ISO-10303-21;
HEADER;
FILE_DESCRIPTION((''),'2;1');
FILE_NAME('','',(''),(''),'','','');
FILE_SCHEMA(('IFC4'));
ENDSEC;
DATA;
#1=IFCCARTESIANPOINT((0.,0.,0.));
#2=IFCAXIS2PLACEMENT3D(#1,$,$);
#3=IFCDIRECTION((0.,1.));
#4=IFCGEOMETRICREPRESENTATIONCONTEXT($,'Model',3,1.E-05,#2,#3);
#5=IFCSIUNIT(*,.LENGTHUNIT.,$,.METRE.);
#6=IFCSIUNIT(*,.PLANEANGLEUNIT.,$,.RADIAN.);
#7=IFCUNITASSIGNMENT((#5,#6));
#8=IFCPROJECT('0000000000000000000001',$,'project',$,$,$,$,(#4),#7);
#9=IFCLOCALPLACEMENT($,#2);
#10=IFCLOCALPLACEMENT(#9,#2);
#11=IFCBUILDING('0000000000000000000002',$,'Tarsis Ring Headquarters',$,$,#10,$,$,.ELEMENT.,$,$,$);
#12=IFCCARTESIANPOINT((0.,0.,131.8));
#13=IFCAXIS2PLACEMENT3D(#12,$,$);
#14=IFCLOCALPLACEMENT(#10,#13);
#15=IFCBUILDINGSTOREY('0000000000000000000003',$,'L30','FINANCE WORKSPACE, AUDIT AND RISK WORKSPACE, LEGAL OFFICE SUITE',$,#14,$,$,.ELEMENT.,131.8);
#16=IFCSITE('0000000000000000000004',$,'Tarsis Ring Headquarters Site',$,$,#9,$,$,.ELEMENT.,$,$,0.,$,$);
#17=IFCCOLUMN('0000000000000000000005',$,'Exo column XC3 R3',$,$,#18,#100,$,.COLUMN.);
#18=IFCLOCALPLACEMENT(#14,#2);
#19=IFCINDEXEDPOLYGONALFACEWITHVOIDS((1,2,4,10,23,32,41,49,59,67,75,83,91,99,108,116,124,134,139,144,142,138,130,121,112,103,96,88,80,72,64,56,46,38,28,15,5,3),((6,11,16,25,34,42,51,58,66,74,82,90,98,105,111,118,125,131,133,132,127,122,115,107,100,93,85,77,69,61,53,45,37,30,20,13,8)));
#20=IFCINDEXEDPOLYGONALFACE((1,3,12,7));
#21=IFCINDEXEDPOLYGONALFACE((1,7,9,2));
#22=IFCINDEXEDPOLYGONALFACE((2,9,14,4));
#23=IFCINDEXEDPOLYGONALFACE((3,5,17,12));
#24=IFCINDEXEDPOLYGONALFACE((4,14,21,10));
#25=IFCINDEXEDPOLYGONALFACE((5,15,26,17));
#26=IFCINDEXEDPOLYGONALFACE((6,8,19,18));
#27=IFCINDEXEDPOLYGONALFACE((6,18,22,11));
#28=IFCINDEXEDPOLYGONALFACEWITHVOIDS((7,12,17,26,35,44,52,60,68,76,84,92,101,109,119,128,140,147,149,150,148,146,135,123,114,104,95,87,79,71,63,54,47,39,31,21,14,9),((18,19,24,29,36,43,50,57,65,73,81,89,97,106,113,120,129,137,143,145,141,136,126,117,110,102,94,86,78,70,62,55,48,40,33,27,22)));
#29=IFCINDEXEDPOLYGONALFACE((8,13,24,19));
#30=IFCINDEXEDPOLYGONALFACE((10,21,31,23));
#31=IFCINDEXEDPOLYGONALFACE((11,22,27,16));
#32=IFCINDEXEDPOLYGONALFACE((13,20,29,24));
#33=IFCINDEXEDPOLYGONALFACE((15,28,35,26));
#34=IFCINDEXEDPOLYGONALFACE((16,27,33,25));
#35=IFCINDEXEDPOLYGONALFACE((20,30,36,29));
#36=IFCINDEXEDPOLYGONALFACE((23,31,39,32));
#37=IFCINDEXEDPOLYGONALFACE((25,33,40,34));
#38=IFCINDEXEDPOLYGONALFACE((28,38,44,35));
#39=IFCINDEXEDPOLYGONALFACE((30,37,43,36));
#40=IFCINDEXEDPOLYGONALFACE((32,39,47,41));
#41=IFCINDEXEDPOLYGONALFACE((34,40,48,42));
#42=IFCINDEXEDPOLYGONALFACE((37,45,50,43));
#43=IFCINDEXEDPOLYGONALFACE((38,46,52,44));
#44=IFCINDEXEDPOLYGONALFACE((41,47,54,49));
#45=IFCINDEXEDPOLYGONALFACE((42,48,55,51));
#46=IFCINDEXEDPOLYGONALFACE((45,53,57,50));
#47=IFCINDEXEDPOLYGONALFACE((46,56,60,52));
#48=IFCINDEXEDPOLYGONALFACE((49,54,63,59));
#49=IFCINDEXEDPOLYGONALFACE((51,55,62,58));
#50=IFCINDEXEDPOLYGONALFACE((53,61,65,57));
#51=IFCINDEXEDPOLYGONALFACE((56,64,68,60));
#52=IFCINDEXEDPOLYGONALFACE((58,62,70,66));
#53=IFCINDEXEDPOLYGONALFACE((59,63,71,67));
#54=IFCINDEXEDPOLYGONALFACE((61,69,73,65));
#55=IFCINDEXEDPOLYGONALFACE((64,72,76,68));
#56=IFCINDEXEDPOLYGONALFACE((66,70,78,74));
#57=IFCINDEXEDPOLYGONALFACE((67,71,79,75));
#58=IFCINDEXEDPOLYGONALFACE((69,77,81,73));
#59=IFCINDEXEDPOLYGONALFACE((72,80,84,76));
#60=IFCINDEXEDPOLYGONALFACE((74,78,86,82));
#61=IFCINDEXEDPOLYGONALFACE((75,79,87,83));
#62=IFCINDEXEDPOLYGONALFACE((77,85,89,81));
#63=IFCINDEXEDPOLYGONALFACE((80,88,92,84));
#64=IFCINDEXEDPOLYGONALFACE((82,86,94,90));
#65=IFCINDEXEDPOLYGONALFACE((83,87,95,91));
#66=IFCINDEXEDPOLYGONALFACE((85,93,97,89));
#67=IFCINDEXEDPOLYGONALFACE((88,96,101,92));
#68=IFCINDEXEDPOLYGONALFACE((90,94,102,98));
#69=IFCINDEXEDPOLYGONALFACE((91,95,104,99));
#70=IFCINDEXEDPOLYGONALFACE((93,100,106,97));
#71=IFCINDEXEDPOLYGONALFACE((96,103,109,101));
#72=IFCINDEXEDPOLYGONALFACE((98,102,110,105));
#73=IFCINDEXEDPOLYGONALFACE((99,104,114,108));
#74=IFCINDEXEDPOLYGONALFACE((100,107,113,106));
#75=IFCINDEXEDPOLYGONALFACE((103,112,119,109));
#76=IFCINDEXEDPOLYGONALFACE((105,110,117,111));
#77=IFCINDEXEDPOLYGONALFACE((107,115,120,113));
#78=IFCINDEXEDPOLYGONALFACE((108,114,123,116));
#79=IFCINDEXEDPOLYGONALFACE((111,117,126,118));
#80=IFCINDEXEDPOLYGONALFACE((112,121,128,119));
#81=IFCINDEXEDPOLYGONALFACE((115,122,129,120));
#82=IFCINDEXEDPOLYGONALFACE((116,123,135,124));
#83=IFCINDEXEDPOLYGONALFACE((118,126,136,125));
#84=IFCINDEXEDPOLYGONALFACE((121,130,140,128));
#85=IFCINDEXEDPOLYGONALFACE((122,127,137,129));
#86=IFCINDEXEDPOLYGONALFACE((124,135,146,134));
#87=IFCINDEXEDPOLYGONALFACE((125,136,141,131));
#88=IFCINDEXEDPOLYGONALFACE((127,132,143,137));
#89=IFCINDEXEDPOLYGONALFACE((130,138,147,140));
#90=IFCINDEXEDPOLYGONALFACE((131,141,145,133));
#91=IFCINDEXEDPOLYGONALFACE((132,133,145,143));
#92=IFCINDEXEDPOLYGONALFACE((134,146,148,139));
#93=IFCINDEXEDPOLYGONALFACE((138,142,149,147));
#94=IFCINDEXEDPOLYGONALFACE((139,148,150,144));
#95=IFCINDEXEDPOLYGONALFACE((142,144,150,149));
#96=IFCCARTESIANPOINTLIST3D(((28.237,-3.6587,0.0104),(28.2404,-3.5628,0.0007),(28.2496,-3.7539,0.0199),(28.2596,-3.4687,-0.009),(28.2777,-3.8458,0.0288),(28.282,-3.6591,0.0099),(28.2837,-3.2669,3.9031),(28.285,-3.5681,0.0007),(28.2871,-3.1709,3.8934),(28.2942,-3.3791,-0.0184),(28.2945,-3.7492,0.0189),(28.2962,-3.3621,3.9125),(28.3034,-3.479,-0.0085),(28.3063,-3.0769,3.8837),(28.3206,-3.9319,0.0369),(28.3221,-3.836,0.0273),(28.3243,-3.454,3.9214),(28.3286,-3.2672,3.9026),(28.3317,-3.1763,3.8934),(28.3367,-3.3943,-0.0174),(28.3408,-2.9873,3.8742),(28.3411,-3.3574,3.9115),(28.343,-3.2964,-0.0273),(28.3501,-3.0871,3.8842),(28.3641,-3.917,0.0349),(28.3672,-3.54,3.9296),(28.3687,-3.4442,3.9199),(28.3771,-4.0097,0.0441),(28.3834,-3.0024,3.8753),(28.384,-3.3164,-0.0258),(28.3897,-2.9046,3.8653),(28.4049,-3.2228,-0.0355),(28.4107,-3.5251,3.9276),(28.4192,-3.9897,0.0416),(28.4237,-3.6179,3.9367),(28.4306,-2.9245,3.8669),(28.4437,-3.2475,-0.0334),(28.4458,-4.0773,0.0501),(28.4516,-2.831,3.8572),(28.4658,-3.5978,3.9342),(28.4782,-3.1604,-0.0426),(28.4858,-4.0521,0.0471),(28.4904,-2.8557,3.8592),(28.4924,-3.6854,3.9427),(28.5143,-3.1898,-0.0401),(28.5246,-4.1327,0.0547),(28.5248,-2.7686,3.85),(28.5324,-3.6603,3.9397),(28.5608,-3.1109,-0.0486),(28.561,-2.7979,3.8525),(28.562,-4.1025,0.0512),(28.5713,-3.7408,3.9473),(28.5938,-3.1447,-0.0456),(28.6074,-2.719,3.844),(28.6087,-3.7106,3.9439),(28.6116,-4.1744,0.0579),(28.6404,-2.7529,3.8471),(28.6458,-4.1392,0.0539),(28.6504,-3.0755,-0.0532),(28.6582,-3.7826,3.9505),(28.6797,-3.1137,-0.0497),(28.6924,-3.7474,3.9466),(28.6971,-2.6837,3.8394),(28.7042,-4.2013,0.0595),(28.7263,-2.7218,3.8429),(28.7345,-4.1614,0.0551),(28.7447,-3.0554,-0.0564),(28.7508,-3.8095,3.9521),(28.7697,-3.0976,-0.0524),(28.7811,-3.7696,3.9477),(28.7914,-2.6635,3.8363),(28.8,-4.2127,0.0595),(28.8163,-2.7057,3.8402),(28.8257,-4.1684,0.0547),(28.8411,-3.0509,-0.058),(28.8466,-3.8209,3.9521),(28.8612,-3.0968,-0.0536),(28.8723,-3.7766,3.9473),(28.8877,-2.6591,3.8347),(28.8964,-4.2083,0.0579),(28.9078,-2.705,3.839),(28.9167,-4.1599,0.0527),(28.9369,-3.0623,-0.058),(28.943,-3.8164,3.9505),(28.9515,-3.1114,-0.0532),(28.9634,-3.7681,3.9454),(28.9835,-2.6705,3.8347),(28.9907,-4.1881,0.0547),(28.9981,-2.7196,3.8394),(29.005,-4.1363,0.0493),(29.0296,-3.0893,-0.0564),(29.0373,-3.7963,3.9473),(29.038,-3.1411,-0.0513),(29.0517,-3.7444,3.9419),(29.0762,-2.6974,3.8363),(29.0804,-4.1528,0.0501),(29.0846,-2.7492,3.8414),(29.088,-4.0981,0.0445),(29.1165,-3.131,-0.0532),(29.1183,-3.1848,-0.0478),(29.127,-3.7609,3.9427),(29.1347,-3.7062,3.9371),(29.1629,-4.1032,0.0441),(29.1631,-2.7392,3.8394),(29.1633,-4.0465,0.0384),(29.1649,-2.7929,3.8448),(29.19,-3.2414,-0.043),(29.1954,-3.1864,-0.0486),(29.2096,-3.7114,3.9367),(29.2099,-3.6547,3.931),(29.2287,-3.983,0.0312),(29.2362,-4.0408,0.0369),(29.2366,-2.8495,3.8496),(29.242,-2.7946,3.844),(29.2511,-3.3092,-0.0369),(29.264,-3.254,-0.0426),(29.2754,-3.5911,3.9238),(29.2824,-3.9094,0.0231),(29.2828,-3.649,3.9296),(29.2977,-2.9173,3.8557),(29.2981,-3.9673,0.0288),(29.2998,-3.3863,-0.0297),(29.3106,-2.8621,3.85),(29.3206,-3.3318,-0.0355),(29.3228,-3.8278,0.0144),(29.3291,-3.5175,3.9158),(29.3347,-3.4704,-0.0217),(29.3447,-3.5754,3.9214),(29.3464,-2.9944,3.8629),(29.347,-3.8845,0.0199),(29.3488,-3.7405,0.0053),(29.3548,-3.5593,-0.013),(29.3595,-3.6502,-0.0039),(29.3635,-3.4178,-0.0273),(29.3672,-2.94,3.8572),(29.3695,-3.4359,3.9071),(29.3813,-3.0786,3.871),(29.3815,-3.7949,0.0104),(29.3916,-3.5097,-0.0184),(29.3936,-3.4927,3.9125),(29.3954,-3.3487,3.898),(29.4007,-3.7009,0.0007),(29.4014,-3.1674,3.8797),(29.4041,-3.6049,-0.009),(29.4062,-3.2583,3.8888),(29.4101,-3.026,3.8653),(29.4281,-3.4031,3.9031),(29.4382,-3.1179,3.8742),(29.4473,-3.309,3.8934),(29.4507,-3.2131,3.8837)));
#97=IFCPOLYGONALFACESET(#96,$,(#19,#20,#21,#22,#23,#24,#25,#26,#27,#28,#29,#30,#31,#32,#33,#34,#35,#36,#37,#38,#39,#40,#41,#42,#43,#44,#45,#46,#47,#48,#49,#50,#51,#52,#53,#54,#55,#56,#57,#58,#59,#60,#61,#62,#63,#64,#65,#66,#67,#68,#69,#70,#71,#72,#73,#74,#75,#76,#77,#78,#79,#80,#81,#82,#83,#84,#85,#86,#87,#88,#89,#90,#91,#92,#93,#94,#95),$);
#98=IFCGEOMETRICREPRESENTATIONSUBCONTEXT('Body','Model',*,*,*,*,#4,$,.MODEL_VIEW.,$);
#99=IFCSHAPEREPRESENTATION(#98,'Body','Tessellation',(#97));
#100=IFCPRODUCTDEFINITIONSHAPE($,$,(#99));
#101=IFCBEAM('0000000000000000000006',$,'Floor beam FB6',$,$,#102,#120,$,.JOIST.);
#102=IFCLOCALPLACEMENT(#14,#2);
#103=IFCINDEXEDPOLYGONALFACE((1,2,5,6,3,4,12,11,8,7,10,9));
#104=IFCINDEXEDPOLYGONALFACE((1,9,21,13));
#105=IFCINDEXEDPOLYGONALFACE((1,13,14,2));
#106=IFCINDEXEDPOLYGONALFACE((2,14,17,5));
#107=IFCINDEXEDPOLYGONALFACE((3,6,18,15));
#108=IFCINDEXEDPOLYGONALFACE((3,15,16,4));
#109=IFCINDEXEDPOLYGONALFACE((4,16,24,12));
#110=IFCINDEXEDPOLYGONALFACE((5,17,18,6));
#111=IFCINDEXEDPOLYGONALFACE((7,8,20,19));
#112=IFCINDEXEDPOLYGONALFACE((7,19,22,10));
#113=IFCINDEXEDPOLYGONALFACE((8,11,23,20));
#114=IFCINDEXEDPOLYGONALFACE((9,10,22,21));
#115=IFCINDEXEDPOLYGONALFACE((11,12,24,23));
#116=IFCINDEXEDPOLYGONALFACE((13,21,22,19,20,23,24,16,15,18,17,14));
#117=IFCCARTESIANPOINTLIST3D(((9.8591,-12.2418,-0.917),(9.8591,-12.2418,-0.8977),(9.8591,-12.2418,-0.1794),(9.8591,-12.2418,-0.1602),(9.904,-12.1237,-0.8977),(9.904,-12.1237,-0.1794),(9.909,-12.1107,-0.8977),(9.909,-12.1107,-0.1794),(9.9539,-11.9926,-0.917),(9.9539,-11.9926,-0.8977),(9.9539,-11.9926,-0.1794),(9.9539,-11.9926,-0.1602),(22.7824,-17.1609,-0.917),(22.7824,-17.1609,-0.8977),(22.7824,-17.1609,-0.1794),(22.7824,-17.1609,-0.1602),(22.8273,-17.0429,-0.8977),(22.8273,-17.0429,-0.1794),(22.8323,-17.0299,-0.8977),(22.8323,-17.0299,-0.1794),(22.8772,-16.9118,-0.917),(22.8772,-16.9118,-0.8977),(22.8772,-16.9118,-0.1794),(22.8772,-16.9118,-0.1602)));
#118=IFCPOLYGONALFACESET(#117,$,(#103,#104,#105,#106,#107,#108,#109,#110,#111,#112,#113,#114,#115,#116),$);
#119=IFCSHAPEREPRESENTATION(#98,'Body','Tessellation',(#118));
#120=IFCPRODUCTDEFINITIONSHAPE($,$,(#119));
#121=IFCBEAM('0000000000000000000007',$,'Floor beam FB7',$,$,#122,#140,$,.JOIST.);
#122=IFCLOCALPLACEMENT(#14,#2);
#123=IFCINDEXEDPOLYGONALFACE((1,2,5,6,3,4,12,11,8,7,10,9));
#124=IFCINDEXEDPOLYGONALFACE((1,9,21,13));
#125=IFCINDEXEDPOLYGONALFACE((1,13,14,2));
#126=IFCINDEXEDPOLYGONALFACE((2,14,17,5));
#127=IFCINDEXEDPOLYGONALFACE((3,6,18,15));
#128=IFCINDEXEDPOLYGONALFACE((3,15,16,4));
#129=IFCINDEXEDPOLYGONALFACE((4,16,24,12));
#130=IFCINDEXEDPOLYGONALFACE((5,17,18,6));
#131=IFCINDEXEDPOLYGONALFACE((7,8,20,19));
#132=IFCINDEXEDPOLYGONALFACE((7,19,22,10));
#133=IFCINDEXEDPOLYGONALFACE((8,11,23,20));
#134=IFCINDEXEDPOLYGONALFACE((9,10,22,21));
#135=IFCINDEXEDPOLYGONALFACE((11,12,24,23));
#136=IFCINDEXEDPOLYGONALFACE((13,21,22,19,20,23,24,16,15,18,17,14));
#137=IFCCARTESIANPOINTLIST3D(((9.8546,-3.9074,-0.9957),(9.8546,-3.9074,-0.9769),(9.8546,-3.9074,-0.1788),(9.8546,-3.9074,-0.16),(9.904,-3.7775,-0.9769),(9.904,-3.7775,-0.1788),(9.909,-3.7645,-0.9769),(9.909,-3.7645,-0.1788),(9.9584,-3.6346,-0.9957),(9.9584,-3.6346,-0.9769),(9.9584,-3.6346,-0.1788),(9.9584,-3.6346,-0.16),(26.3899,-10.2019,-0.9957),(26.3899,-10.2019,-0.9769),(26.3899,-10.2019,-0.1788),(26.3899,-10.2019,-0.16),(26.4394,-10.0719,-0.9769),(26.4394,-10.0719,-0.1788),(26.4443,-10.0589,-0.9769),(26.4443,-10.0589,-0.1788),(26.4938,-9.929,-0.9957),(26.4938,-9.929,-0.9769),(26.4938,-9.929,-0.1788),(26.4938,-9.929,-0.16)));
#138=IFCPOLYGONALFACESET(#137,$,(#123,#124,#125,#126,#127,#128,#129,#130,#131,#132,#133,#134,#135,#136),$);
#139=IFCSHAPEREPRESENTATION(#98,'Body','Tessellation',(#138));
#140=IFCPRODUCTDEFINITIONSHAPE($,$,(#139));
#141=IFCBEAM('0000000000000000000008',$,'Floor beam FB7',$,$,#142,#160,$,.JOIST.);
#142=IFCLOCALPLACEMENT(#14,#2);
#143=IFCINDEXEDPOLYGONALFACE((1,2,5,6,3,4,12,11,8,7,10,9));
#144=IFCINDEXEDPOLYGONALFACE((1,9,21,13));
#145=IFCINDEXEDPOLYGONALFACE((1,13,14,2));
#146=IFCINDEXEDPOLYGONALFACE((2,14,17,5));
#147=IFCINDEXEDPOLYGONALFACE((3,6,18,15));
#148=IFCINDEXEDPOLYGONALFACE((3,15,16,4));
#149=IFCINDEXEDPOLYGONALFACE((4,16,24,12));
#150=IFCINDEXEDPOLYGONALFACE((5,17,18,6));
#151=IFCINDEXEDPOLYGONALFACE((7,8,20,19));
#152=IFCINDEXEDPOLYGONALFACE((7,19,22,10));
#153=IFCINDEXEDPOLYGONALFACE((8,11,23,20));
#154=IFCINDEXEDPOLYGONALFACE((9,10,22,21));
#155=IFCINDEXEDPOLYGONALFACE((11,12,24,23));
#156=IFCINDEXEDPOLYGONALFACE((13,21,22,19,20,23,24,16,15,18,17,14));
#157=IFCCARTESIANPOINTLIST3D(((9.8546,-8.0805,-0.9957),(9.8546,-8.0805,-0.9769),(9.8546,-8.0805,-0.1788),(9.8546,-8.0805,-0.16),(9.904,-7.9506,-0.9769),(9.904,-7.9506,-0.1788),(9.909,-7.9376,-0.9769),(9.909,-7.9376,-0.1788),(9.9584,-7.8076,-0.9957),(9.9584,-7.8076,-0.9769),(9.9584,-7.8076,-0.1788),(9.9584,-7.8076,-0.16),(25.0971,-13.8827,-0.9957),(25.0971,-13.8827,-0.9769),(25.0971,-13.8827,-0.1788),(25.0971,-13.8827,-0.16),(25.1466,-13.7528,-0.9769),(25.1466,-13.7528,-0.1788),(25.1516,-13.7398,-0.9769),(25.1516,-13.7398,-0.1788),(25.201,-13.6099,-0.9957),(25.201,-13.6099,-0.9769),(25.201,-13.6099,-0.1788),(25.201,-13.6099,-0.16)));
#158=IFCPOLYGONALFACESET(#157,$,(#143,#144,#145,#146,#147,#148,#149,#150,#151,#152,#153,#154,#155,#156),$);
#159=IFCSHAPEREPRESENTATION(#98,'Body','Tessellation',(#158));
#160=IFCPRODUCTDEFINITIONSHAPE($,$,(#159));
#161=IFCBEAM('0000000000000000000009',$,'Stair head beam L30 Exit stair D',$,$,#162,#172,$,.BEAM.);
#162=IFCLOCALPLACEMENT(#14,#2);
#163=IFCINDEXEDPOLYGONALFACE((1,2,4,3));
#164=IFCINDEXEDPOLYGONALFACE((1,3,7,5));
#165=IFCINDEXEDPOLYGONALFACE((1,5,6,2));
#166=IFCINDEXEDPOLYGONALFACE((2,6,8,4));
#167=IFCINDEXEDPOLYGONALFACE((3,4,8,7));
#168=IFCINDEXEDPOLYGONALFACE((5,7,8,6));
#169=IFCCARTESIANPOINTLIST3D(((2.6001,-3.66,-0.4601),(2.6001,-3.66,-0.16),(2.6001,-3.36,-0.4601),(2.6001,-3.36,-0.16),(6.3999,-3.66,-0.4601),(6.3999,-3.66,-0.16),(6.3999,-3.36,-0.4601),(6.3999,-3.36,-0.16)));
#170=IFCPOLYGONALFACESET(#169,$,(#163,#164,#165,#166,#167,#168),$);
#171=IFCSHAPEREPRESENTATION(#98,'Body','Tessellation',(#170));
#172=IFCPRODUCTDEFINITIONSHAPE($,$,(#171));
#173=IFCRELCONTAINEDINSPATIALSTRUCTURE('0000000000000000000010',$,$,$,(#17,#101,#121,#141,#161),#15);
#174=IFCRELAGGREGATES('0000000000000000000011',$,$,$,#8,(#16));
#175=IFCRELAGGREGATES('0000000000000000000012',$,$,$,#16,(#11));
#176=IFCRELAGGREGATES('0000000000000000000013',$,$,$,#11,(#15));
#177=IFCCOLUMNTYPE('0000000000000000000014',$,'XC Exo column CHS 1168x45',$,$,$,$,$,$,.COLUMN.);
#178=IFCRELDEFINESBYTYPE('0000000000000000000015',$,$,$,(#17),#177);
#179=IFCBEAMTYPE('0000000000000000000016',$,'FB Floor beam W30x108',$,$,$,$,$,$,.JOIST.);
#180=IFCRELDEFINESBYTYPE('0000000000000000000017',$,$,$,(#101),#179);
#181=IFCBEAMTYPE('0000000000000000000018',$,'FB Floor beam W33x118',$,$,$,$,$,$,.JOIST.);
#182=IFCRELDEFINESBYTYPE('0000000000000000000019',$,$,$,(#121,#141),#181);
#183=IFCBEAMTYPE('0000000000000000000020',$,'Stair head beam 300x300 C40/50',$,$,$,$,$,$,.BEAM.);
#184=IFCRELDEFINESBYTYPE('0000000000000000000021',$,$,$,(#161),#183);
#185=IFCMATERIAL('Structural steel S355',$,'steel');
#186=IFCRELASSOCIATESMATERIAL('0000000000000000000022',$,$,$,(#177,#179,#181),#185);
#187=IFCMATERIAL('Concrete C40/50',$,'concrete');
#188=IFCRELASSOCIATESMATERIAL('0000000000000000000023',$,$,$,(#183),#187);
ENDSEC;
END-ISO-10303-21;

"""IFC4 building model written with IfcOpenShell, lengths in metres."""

from ifc_helpers import new_model, si_unit, direction, frame, origin, origin_2d, place, context, subcontext, project, spatial, rectangle, hollow_circle, i_section, extrude, material, material_profile, profile_set, type_object, element, save


model = new_model("IFC4")

# Units and contexts
model_context = context("Model", 3, precision=1e-05, world=origin(), true_north=direction((0.0, 1.0)))
body_context = subcontext(model_context, "Body", "Model", "MODEL_VIEW")
ifc_project = project(units=[si_unit("LENGTHUNIT", "METRE"), si_unit("PLANEANGLEUNIT", "RADIAN")], contexts=[model_context])

# Site, building, storey
site_placement = place(None, origin())
site = spatial("IfcSite", under=ifc_project, at=site_placement, Name="Tarsis Ring Headquarters Site", CompositionType="ELEMENT", RefElevation=0.0)
building_placement = place(site_placement, origin())
building = spatial("IfcBuilding", under=site, at=building_placement, Name="Tarsis Ring Headquarters", CompositionType="ELEMENT")
storey_placement = place(building_placement, frame((0.0, 0.0, 131.8)))
storey = spatial("IfcBuildingStorey", under=building, at=storey_placement, Name="L30", Description="FINANCE WORKSPACE, AUDIT AND RISK WORKSPACE, LEGAL OFFICE SUITE", CompositionType="ELEMENT", Elevation=131.8)

# Column
ifc_material_1 = material(Name="Structural steel S355", Category="steel")
ifc_material_profile_1 = material_profile(ifc_material_1, hollow_circle(Radius=0.5842, WallThickness=0.0449, at=origin_2d()), Name="CHS 1168x45")
ifc_profile_set_1 = profile_set([ifc_material_profile_1], Name="Structural steel S355")
column_type = type_object("IfcColumnType", Name="XC Exo column CHS 1168x45", PredefinedType="COLUMN", material=ifc_profile_set_1)
column_placement = place(storey_placement, frame((28.8206, -3.6318, 0.0007), z_axis=(0.011918, 0.100152, 0.994901), x_axis=(-0.992993, 0.118169, 0.0)))
element("IfcColumn", 1, at=column_placement, inside=storey, type_object=column_type, Name="Exo column XC3 R3", PredefinedType="COLUMN", context=body_context, shape_type="SweptSolid", body=[
    extrude(hollow_circle(Radius=0.5842, WallThickness=0.0449, at=origin_2d()), origin(), (0.0, 0.0, 1.0), 3.9126),
])

# Beams
ifc_material_profile_2 = material_profile(ifc_material_1, i_section(OverallWidth=0.2666, OverallDepth=0.7568, WebThickness=0.0139, FlangeThickness=0.0193, at=origin_2d()), Name="W30x108")
ifc_profile_set_2 = profile_set([ifc_material_profile_2], Name="Structural steel S355")
beam_type_1 = type_object("IfcBeamType", Name="FB Floor beam W30x108", PredefinedType="JOIST", material=ifc_profile_set_2)
beam_1_placement = place(storey_placement, frame((9.9065, -12.1172, -0.5386), z_axis=(0.934584, -0.355743, 0.0), x_axis=(0.355743, 0.934584, 0.0)))
element("IfcBeam", 2, at=beam_1_placement, inside=storey, type_object=beam_type_1, Name="Floor beam FB6", PredefinedType="JOIST", context=body_context, shape_type="SweptSolid", body=[
    extrude(i_section(OverallWidth=0.2666, OverallDepth=0.7568, WebThickness=0.0139, FlangeThickness=0.0193, at=origin_2d()), origin(), (0.0, 0.0, 1.0), 13.8279),
])
ifc_material_profile_3 = material_profile(ifc_material_1, i_section(OverallWidth=0.292, OverallDepth=0.8357, WebThickness=0.0139, FlangeThickness=0.0188, at=origin_2d()), Name="W33x118")
ifc_profile_set_3 = profile_set([ifc_material_profile_3], Name="Structural steel S355")
beam_type_2 = type_object("IfcBeamType", Name="FB Floor beam W33x118", PredefinedType="JOIST", material=ifc_profile_set_3)
beam_2_placement = place(storey_placement, frame((9.9065, -3.771, -0.5779), z_axis=(0.934577, -0.35576, 0.0), x_axis=(0.35576, 0.934577, 0.0)))
element("IfcBeam", 3, at=beam_2_placement, inside=storey, type_object=beam_type_2, Name="Floor beam FB7", PredefinedType="JOIST", context=body_context, shape_type="SweptSolid", body=[
    extrude(i_section(OverallWidth=0.292, OverallDepth=0.8357, WebThickness=0.0139, FlangeThickness=0.0188, at=origin_2d()), origin(), (0.0, 0.0, 1.0), 17.6929),
])
beam_3_placement = place(storey_placement, frame((9.9065, -7.9441, -0.5779), z_axis=(0.934579, -0.355755, 0.0), x_axis=(0.355755, 0.934579, 0.0)))
element("IfcBeam", 4, at=beam_3_placement, inside=storey, type_object=beam_type_2, Name="Floor beam FB7", PredefinedType="JOIST", context=body_context, shape_type="SweptSolid", body=[
    extrude(i_section(OverallWidth=0.292, OverallDepth=0.8357, WebThickness=0.0139, FlangeThickness=0.0188, at=origin_2d()), origin(), (0.0, 0.0, 1.0), 16.3096),
])
ifc_material_2 = material(Name="Concrete C40/50", Category="concrete")
ifc_material_profile_4 = material_profile(ifc_material_2, rectangle(XDim=0.3, YDim=0.3, at=origin_2d()), Name="Stair head beam 300x300 C40/50")
ifc_profile_set_4 = profile_set([ifc_material_profile_4], Name="Concrete C40/50")
beam_type_3 = type_object("IfcBeamType", Name="Stair head beam 300x300 C40/50", PredefinedType="BEAM", material=ifc_profile_set_4)
beam_4_placement = place(storey_placement, frame((2.6001, -3.51, -0.3101), z_axis=(1.0, 0.0, 0.0), x_axis=(0.0, 1.0, 0.0)))
element("IfcBeam", 5, at=beam_4_placement, inside=storey, type_object=beam_type_3, Name="Stair head beam L30 Exit stair D", PredefinedType="BEAM", context=body_context, shape_type="SweptSolid", body=[
    extrude(rectangle(XDim=0.3, YDim=0.3, at=origin_2d()), origin(), (0.0, 0.0, 1.0), 3.7998),
])

save(model, "model.ifc")
